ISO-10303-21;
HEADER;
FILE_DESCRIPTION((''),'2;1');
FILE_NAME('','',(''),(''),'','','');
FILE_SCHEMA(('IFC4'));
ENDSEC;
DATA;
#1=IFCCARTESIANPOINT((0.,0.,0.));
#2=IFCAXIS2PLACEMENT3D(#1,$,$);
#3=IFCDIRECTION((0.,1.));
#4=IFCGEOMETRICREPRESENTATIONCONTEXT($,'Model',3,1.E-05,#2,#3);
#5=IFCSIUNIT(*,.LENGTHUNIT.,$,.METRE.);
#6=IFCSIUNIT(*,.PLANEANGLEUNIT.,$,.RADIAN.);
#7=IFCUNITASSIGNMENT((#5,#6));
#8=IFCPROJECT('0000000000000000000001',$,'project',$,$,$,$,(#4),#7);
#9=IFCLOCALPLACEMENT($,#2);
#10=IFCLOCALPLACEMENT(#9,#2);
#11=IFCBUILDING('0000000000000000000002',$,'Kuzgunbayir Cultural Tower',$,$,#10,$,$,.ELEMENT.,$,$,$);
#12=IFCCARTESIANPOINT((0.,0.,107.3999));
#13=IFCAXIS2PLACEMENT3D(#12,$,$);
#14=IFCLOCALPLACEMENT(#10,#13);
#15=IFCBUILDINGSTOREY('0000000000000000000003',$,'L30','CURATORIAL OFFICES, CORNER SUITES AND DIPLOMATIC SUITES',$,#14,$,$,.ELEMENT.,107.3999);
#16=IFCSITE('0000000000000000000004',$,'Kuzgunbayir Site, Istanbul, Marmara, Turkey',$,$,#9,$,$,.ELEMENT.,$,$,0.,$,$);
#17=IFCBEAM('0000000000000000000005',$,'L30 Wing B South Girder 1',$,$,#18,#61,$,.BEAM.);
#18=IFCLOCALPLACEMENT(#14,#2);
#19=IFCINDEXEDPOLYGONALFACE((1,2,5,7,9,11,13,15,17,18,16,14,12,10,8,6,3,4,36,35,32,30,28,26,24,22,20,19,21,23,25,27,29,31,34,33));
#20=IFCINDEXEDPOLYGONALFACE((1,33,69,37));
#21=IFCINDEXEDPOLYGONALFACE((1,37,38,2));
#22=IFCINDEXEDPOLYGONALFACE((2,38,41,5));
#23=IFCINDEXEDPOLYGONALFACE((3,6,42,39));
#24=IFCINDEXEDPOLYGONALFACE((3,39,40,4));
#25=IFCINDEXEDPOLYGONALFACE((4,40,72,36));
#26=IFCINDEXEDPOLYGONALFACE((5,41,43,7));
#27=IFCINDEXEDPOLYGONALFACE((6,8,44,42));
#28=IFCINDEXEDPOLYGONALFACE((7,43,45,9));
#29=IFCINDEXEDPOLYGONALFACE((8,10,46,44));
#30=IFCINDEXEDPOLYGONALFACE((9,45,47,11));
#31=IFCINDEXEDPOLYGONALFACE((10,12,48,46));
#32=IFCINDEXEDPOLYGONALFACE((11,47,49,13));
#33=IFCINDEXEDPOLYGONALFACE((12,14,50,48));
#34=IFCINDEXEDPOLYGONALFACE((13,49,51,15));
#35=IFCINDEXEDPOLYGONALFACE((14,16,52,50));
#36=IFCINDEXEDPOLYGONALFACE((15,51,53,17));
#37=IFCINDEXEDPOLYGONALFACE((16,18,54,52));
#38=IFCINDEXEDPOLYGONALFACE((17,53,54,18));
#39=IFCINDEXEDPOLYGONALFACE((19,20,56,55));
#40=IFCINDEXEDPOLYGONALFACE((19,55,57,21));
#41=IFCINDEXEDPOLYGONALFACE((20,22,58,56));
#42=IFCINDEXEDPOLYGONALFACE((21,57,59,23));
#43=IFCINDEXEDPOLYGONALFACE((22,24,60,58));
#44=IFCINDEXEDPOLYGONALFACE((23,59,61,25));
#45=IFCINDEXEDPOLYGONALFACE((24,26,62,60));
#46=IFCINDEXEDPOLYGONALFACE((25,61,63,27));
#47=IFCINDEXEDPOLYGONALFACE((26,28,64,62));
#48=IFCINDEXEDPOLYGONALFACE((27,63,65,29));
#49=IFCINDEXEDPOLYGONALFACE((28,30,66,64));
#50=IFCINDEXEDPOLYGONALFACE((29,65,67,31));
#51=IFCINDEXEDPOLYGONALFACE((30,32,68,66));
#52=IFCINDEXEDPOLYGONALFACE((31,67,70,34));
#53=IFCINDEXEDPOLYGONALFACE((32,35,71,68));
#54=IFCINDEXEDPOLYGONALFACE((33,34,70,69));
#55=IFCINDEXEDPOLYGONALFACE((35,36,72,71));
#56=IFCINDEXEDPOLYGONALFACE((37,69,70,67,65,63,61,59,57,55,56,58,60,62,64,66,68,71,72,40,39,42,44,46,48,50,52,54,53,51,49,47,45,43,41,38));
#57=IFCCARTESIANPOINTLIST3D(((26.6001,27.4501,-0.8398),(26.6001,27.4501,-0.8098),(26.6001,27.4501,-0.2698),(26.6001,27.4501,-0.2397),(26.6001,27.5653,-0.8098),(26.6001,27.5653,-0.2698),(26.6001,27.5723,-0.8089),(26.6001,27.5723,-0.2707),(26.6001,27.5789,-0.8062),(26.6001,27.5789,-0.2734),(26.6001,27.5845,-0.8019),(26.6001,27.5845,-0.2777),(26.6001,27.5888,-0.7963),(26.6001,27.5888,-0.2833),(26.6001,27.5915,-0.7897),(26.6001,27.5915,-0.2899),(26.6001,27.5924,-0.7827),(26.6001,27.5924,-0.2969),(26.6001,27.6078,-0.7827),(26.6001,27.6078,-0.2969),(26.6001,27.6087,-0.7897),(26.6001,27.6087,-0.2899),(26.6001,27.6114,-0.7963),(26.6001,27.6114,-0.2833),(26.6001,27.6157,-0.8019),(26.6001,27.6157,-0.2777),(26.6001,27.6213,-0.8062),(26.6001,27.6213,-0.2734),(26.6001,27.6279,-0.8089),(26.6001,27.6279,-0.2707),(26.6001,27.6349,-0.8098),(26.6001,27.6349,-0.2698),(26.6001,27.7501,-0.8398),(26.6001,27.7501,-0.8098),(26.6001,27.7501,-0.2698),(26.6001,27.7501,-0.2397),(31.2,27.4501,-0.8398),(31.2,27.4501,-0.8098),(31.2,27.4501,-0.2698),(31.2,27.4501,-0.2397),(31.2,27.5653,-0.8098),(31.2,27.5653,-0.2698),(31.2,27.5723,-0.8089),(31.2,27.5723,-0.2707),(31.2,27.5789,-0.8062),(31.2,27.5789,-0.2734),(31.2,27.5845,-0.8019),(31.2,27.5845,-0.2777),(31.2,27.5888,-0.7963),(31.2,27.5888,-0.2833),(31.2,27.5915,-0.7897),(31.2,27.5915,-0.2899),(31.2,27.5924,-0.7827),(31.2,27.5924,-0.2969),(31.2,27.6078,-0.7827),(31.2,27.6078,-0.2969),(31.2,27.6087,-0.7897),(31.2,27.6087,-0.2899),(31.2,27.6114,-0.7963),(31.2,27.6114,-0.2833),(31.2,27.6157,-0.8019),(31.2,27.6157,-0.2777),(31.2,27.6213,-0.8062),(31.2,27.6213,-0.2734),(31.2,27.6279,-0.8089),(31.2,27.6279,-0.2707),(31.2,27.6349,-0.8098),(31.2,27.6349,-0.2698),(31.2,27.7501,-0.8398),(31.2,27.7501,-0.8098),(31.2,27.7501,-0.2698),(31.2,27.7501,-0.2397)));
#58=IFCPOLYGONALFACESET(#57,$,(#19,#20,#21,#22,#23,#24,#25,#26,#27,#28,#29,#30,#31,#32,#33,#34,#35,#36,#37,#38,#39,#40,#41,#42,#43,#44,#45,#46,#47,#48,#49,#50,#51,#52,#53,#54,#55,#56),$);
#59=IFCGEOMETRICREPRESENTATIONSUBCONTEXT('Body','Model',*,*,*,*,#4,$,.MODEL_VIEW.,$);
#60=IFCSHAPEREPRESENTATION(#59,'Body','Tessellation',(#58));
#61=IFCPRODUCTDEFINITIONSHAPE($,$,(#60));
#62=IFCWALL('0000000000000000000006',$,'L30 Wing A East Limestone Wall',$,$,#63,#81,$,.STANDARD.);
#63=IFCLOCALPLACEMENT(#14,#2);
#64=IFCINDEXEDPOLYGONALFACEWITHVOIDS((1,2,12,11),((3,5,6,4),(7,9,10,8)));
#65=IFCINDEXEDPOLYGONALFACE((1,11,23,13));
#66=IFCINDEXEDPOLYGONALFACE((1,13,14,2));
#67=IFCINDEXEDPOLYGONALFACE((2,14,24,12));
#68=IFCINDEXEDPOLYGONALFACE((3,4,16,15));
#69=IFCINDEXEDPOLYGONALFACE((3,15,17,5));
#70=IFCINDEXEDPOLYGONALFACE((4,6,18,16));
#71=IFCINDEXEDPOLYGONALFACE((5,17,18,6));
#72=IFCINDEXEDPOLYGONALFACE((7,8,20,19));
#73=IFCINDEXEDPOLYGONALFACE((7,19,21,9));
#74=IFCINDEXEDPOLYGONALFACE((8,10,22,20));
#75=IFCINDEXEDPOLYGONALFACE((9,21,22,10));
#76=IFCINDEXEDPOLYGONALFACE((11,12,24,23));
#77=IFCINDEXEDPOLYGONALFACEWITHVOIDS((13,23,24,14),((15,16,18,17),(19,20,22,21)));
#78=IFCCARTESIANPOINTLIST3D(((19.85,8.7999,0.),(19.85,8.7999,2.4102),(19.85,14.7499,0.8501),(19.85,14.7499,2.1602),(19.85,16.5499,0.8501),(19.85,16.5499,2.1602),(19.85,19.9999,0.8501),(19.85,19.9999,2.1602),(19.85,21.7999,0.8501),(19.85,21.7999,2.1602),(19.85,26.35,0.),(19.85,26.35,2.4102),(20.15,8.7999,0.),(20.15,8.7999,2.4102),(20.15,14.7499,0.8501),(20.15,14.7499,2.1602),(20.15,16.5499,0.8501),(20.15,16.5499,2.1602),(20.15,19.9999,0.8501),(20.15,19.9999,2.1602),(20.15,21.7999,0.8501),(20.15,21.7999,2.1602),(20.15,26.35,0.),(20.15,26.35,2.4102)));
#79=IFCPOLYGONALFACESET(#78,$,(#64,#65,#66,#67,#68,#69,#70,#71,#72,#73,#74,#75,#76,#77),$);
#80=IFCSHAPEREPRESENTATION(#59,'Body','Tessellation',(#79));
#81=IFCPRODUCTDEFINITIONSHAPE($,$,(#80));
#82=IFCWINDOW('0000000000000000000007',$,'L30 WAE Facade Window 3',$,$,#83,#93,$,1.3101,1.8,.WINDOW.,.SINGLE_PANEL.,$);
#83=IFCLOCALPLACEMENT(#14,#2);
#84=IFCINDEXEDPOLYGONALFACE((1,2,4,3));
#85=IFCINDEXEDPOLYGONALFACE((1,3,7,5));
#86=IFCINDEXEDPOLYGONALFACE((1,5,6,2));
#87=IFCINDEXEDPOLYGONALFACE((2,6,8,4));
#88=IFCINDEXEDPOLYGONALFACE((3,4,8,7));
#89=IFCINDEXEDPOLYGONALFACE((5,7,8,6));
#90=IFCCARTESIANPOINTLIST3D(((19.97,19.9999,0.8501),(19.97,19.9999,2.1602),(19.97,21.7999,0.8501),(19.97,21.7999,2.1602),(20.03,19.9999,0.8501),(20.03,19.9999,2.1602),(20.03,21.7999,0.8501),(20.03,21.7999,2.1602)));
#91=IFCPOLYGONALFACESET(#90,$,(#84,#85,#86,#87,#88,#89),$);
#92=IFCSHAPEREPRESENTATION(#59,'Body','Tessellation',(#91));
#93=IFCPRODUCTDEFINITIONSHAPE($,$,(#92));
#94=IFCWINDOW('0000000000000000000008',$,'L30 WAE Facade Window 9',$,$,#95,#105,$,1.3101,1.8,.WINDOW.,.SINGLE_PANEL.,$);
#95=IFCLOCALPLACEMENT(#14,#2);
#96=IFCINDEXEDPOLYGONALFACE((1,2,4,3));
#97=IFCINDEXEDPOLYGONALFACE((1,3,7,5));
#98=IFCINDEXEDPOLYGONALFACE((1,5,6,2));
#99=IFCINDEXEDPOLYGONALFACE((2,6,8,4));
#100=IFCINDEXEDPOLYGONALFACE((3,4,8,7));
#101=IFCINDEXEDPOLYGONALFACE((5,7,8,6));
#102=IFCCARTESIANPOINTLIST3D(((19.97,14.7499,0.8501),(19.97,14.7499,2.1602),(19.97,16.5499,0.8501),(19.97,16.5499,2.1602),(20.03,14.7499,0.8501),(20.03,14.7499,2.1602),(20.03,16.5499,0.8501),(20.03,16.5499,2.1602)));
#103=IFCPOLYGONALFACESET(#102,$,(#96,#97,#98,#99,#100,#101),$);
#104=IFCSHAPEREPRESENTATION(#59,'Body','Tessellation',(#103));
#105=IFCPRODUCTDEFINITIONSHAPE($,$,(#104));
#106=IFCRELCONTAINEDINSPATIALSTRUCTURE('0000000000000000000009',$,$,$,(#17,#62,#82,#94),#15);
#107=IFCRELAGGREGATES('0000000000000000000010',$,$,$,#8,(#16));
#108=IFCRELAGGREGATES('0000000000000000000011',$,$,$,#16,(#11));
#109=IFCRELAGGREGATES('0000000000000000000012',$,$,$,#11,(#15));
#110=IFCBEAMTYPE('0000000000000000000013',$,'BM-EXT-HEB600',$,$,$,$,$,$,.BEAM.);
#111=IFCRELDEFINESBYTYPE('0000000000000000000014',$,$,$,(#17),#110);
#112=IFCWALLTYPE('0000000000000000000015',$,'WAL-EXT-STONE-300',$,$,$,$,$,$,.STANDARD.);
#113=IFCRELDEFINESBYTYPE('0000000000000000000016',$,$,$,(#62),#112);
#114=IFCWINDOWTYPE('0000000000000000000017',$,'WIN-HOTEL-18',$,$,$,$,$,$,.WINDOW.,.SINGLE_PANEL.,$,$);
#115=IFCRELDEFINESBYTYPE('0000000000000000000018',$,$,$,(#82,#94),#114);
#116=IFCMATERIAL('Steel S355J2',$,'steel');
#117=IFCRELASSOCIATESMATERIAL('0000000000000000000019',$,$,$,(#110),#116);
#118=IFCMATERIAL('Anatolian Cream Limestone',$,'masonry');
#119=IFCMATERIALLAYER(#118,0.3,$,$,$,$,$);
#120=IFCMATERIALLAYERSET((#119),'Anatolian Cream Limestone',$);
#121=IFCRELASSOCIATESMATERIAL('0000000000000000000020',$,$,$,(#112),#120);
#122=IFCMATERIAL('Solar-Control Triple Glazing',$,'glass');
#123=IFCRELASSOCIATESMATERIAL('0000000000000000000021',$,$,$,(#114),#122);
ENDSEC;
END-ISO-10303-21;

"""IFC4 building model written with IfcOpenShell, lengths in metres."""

from ifc_helpers import new_model, si_unit, direction, frame, frame_2d, origin, origin_2d, place, context, subcontext, project, spatial, rectangle, i_section, extrude, material, layer, layer_set, material_profile, profile_set, type_object, element, fill, save


model = new_model("IFC4")

# Units and contexts
model_context = context("Model", 3, precision=1e-05, world=origin(), true_north=direction((0.0, 1.0)))
body_context = subcontext(model_context, "Body", "Model", "MODEL_VIEW")
ifc_project = project(units=[si_unit("LENGTHUNIT", "METRE"), si_unit("PLANEANGLEUNIT", "RADIAN")], contexts=[model_context])

# Site, building, storey
site_placement = place(None, origin())
site = spatial("IfcSite", under=ifc_project, at=site_placement, Name="Kuzgunbayir Site, Istanbul, Marmara, Turkey", CompositionType="ELEMENT", RefElevation=0.0)
building_placement = place(site_placement, origin())
building = spatial("IfcBuilding", under=site, at=building_placement, Name="Kuzgunbayir Cultural Tower", CompositionType="ELEMENT")
storey_placement = place(building_placement, frame((0.0, 0.0, 107.3999)))
storey = spatial("IfcBuildingStorey", under=building, at=storey_placement, Name="L30", Description="CURATORIAL OFFICES, CORNER SUITES AND DIPLOMATIC SUITES", CompositionType="ELEMENT", Elevation=107.3999)

# Beam
ifc_material_1 = material(Name="Steel S355J2", Category="steel")
ifc_material_profile_1 = material_profile(ifc_material_1, i_section(OverallWidth=0.3, OverallDepth=0.6001, WebThickness=0.0154, FlangeThickness=0.03, FilletRadius=0.0271, at=origin_2d()), Name="HEB 600")
ifc_profile_set_1 = profile_set([ifc_material_profile_1], Name="Steel S355J2")
beam_type = type_object("IfcBeamType", Name="BM-EXT-HEB600", PredefinedType="BEAM", material=ifc_profile_set_1)
beam_1_placement = place(storey_placement, frame((26.6001, 27.6001, -0.5398), z_axis=(1.0, 0.0, 0.0), x_axis=(0.0, 1.0, 0.0)))
element("IfcBeam", 1, at=beam_1_placement, inside=storey, type_object=beam_type, Name="L30 Wing B South Girder 1", PredefinedType="BEAM", context=body_context, shape_type="SweptSolid", body=[
    extrude(i_section(OverallWidth=0.3, OverallDepth=0.6001, WebThickness=0.0154, FlangeThickness=0.03, FilletRadius=0.0271, at=origin_2d()), origin(), (0.0, 0.0, 1.0), 4.5999),
])

# Wall, openings, windows
ifc_material_2 = material(Name="Anatolian Cream Limestone", Category="masonry")
ifc_layer_1 = layer(ifc_material_2, 0.3)
ifc_layer_set_1 = layer_set([ifc_layer_1], Name="Anatolian Cream Limestone")
wall_type_1 = type_object("IfcWallType", Name="WAL-EXT-STONE-300", PredefinedType="STANDARD", material=ifc_layer_set_1)
wall_1_placement = place(storey_placement, frame((20.0, 8.8, 0.0), z_axis=(0.0, 0.0, 1.0), x_axis=(0.0, 1.0, 0.0)))
wall_1 = element("IfcWall", 2, at=wall_1_placement, inside=storey, type_object=wall_type_1, Name="L30 Wing A East Limestone Wall", PredefinedType="STANDARD", context=body_context, shape_type="SweptSolid", body=[
    extrude(rectangle(XDim=17.55, YDim=0.3, at=frame_2d((8.7749, 0.0))), origin(), (0.0, 0.0, 1.0), 2.4102),
])
opening_1_placement = place(wall_1_placement, frame((11.2, 0.0, 0.8501)))
opening_1 = element("IfcOpeningElement", 3, at=opening_1_placement, cuts=wall_1, PredefinedType="OPENING", context=body_context, shape_type="SweptSolid", body=[
    extrude(rectangle(XDim=1.8, YDim=1.3101, at=frame_2d((0.8999, 0.655))), frame((0.0, 0.1602, 0.0), z_axis=(0.0, -1.0, 0.0), x_axis=(1.0, 0.0, 0.0)), (0.0, 0.0, 1.0), 0.3201),
])
opening_2_placement = place(wall_1_placement, frame((5.95, 0.0, 0.8501)))
opening_2 = element("IfcOpeningElement", 4, at=opening_2_placement, cuts=wall_1, PredefinedType="OPENING", context=body_context, shape_type="SweptSolid", body=[
    extrude(rectangle(XDim=1.8, YDim=1.3101, at=frame_2d((0.8999, 0.655))), frame((0.0, 0.1602, 0.0), z_axis=(0.0, -1.0, 0.0), x_axis=(1.0, 0.0, 0.0)), (0.0, 0.0, 1.0), 0.3201),
])
ifc_material_3 = material(Name="Solar-Control Triple Glazing", Category="glass")
window_type = type_object("IfcWindowType", Name="WIN-HOTEL-18", PartitioningType="SINGLE_PANEL", PredefinedType="WINDOW", material=ifc_material_3)
window_1_placement = place(opening_1_placement, origin())
window_1 = element("IfcWindow", 5, at=window_1_placement, inside=storey, type_object=window_type, Name="L30 WAE Facade Window 3", OverallHeight=1.3101, OverallWidth=1.8, PartitioningType="SINGLE_PANEL", PredefinedType="WINDOW", context=body_context, shape_type="SweptSolid", body=[
    extrude(rectangle(XDim=1.8, YDim=1.3101, at=frame_2d((0.8999, 0.655))), frame((0.0, 0.03, 0.0), z_axis=(0.0, -1.0, 0.0), x_axis=(1.0, 0.0, 0.0)), (0.0, 0.0, 1.0), 0.0601),
])
fill(opening_1, window_1)
window_2_placement = place(opening_2_placement, origin())
window_2 = element("IfcWindow", 6, at=window_2_placement, inside=storey, type_object=window_type, Name="L30 WAE Facade Window 9", OverallHeight=1.3101, OverallWidth=1.8, PartitioningType="SINGLE_PANEL", PredefinedType="WINDOW", context=body_context, shape_type="SweptSolid", body=[
    extrude(rectangle(XDim=1.8, YDim=1.3101, at=frame_2d((0.8999, 0.655))), frame((0.0, 0.03, 0.0), z_axis=(0.0, -1.0, 0.0), x_axis=(1.0, 0.0, 0.0)), (0.0, 0.0, 1.0), 0.0601),
])
fill(opening_2, window_2)

save(model, "model.ifc")
